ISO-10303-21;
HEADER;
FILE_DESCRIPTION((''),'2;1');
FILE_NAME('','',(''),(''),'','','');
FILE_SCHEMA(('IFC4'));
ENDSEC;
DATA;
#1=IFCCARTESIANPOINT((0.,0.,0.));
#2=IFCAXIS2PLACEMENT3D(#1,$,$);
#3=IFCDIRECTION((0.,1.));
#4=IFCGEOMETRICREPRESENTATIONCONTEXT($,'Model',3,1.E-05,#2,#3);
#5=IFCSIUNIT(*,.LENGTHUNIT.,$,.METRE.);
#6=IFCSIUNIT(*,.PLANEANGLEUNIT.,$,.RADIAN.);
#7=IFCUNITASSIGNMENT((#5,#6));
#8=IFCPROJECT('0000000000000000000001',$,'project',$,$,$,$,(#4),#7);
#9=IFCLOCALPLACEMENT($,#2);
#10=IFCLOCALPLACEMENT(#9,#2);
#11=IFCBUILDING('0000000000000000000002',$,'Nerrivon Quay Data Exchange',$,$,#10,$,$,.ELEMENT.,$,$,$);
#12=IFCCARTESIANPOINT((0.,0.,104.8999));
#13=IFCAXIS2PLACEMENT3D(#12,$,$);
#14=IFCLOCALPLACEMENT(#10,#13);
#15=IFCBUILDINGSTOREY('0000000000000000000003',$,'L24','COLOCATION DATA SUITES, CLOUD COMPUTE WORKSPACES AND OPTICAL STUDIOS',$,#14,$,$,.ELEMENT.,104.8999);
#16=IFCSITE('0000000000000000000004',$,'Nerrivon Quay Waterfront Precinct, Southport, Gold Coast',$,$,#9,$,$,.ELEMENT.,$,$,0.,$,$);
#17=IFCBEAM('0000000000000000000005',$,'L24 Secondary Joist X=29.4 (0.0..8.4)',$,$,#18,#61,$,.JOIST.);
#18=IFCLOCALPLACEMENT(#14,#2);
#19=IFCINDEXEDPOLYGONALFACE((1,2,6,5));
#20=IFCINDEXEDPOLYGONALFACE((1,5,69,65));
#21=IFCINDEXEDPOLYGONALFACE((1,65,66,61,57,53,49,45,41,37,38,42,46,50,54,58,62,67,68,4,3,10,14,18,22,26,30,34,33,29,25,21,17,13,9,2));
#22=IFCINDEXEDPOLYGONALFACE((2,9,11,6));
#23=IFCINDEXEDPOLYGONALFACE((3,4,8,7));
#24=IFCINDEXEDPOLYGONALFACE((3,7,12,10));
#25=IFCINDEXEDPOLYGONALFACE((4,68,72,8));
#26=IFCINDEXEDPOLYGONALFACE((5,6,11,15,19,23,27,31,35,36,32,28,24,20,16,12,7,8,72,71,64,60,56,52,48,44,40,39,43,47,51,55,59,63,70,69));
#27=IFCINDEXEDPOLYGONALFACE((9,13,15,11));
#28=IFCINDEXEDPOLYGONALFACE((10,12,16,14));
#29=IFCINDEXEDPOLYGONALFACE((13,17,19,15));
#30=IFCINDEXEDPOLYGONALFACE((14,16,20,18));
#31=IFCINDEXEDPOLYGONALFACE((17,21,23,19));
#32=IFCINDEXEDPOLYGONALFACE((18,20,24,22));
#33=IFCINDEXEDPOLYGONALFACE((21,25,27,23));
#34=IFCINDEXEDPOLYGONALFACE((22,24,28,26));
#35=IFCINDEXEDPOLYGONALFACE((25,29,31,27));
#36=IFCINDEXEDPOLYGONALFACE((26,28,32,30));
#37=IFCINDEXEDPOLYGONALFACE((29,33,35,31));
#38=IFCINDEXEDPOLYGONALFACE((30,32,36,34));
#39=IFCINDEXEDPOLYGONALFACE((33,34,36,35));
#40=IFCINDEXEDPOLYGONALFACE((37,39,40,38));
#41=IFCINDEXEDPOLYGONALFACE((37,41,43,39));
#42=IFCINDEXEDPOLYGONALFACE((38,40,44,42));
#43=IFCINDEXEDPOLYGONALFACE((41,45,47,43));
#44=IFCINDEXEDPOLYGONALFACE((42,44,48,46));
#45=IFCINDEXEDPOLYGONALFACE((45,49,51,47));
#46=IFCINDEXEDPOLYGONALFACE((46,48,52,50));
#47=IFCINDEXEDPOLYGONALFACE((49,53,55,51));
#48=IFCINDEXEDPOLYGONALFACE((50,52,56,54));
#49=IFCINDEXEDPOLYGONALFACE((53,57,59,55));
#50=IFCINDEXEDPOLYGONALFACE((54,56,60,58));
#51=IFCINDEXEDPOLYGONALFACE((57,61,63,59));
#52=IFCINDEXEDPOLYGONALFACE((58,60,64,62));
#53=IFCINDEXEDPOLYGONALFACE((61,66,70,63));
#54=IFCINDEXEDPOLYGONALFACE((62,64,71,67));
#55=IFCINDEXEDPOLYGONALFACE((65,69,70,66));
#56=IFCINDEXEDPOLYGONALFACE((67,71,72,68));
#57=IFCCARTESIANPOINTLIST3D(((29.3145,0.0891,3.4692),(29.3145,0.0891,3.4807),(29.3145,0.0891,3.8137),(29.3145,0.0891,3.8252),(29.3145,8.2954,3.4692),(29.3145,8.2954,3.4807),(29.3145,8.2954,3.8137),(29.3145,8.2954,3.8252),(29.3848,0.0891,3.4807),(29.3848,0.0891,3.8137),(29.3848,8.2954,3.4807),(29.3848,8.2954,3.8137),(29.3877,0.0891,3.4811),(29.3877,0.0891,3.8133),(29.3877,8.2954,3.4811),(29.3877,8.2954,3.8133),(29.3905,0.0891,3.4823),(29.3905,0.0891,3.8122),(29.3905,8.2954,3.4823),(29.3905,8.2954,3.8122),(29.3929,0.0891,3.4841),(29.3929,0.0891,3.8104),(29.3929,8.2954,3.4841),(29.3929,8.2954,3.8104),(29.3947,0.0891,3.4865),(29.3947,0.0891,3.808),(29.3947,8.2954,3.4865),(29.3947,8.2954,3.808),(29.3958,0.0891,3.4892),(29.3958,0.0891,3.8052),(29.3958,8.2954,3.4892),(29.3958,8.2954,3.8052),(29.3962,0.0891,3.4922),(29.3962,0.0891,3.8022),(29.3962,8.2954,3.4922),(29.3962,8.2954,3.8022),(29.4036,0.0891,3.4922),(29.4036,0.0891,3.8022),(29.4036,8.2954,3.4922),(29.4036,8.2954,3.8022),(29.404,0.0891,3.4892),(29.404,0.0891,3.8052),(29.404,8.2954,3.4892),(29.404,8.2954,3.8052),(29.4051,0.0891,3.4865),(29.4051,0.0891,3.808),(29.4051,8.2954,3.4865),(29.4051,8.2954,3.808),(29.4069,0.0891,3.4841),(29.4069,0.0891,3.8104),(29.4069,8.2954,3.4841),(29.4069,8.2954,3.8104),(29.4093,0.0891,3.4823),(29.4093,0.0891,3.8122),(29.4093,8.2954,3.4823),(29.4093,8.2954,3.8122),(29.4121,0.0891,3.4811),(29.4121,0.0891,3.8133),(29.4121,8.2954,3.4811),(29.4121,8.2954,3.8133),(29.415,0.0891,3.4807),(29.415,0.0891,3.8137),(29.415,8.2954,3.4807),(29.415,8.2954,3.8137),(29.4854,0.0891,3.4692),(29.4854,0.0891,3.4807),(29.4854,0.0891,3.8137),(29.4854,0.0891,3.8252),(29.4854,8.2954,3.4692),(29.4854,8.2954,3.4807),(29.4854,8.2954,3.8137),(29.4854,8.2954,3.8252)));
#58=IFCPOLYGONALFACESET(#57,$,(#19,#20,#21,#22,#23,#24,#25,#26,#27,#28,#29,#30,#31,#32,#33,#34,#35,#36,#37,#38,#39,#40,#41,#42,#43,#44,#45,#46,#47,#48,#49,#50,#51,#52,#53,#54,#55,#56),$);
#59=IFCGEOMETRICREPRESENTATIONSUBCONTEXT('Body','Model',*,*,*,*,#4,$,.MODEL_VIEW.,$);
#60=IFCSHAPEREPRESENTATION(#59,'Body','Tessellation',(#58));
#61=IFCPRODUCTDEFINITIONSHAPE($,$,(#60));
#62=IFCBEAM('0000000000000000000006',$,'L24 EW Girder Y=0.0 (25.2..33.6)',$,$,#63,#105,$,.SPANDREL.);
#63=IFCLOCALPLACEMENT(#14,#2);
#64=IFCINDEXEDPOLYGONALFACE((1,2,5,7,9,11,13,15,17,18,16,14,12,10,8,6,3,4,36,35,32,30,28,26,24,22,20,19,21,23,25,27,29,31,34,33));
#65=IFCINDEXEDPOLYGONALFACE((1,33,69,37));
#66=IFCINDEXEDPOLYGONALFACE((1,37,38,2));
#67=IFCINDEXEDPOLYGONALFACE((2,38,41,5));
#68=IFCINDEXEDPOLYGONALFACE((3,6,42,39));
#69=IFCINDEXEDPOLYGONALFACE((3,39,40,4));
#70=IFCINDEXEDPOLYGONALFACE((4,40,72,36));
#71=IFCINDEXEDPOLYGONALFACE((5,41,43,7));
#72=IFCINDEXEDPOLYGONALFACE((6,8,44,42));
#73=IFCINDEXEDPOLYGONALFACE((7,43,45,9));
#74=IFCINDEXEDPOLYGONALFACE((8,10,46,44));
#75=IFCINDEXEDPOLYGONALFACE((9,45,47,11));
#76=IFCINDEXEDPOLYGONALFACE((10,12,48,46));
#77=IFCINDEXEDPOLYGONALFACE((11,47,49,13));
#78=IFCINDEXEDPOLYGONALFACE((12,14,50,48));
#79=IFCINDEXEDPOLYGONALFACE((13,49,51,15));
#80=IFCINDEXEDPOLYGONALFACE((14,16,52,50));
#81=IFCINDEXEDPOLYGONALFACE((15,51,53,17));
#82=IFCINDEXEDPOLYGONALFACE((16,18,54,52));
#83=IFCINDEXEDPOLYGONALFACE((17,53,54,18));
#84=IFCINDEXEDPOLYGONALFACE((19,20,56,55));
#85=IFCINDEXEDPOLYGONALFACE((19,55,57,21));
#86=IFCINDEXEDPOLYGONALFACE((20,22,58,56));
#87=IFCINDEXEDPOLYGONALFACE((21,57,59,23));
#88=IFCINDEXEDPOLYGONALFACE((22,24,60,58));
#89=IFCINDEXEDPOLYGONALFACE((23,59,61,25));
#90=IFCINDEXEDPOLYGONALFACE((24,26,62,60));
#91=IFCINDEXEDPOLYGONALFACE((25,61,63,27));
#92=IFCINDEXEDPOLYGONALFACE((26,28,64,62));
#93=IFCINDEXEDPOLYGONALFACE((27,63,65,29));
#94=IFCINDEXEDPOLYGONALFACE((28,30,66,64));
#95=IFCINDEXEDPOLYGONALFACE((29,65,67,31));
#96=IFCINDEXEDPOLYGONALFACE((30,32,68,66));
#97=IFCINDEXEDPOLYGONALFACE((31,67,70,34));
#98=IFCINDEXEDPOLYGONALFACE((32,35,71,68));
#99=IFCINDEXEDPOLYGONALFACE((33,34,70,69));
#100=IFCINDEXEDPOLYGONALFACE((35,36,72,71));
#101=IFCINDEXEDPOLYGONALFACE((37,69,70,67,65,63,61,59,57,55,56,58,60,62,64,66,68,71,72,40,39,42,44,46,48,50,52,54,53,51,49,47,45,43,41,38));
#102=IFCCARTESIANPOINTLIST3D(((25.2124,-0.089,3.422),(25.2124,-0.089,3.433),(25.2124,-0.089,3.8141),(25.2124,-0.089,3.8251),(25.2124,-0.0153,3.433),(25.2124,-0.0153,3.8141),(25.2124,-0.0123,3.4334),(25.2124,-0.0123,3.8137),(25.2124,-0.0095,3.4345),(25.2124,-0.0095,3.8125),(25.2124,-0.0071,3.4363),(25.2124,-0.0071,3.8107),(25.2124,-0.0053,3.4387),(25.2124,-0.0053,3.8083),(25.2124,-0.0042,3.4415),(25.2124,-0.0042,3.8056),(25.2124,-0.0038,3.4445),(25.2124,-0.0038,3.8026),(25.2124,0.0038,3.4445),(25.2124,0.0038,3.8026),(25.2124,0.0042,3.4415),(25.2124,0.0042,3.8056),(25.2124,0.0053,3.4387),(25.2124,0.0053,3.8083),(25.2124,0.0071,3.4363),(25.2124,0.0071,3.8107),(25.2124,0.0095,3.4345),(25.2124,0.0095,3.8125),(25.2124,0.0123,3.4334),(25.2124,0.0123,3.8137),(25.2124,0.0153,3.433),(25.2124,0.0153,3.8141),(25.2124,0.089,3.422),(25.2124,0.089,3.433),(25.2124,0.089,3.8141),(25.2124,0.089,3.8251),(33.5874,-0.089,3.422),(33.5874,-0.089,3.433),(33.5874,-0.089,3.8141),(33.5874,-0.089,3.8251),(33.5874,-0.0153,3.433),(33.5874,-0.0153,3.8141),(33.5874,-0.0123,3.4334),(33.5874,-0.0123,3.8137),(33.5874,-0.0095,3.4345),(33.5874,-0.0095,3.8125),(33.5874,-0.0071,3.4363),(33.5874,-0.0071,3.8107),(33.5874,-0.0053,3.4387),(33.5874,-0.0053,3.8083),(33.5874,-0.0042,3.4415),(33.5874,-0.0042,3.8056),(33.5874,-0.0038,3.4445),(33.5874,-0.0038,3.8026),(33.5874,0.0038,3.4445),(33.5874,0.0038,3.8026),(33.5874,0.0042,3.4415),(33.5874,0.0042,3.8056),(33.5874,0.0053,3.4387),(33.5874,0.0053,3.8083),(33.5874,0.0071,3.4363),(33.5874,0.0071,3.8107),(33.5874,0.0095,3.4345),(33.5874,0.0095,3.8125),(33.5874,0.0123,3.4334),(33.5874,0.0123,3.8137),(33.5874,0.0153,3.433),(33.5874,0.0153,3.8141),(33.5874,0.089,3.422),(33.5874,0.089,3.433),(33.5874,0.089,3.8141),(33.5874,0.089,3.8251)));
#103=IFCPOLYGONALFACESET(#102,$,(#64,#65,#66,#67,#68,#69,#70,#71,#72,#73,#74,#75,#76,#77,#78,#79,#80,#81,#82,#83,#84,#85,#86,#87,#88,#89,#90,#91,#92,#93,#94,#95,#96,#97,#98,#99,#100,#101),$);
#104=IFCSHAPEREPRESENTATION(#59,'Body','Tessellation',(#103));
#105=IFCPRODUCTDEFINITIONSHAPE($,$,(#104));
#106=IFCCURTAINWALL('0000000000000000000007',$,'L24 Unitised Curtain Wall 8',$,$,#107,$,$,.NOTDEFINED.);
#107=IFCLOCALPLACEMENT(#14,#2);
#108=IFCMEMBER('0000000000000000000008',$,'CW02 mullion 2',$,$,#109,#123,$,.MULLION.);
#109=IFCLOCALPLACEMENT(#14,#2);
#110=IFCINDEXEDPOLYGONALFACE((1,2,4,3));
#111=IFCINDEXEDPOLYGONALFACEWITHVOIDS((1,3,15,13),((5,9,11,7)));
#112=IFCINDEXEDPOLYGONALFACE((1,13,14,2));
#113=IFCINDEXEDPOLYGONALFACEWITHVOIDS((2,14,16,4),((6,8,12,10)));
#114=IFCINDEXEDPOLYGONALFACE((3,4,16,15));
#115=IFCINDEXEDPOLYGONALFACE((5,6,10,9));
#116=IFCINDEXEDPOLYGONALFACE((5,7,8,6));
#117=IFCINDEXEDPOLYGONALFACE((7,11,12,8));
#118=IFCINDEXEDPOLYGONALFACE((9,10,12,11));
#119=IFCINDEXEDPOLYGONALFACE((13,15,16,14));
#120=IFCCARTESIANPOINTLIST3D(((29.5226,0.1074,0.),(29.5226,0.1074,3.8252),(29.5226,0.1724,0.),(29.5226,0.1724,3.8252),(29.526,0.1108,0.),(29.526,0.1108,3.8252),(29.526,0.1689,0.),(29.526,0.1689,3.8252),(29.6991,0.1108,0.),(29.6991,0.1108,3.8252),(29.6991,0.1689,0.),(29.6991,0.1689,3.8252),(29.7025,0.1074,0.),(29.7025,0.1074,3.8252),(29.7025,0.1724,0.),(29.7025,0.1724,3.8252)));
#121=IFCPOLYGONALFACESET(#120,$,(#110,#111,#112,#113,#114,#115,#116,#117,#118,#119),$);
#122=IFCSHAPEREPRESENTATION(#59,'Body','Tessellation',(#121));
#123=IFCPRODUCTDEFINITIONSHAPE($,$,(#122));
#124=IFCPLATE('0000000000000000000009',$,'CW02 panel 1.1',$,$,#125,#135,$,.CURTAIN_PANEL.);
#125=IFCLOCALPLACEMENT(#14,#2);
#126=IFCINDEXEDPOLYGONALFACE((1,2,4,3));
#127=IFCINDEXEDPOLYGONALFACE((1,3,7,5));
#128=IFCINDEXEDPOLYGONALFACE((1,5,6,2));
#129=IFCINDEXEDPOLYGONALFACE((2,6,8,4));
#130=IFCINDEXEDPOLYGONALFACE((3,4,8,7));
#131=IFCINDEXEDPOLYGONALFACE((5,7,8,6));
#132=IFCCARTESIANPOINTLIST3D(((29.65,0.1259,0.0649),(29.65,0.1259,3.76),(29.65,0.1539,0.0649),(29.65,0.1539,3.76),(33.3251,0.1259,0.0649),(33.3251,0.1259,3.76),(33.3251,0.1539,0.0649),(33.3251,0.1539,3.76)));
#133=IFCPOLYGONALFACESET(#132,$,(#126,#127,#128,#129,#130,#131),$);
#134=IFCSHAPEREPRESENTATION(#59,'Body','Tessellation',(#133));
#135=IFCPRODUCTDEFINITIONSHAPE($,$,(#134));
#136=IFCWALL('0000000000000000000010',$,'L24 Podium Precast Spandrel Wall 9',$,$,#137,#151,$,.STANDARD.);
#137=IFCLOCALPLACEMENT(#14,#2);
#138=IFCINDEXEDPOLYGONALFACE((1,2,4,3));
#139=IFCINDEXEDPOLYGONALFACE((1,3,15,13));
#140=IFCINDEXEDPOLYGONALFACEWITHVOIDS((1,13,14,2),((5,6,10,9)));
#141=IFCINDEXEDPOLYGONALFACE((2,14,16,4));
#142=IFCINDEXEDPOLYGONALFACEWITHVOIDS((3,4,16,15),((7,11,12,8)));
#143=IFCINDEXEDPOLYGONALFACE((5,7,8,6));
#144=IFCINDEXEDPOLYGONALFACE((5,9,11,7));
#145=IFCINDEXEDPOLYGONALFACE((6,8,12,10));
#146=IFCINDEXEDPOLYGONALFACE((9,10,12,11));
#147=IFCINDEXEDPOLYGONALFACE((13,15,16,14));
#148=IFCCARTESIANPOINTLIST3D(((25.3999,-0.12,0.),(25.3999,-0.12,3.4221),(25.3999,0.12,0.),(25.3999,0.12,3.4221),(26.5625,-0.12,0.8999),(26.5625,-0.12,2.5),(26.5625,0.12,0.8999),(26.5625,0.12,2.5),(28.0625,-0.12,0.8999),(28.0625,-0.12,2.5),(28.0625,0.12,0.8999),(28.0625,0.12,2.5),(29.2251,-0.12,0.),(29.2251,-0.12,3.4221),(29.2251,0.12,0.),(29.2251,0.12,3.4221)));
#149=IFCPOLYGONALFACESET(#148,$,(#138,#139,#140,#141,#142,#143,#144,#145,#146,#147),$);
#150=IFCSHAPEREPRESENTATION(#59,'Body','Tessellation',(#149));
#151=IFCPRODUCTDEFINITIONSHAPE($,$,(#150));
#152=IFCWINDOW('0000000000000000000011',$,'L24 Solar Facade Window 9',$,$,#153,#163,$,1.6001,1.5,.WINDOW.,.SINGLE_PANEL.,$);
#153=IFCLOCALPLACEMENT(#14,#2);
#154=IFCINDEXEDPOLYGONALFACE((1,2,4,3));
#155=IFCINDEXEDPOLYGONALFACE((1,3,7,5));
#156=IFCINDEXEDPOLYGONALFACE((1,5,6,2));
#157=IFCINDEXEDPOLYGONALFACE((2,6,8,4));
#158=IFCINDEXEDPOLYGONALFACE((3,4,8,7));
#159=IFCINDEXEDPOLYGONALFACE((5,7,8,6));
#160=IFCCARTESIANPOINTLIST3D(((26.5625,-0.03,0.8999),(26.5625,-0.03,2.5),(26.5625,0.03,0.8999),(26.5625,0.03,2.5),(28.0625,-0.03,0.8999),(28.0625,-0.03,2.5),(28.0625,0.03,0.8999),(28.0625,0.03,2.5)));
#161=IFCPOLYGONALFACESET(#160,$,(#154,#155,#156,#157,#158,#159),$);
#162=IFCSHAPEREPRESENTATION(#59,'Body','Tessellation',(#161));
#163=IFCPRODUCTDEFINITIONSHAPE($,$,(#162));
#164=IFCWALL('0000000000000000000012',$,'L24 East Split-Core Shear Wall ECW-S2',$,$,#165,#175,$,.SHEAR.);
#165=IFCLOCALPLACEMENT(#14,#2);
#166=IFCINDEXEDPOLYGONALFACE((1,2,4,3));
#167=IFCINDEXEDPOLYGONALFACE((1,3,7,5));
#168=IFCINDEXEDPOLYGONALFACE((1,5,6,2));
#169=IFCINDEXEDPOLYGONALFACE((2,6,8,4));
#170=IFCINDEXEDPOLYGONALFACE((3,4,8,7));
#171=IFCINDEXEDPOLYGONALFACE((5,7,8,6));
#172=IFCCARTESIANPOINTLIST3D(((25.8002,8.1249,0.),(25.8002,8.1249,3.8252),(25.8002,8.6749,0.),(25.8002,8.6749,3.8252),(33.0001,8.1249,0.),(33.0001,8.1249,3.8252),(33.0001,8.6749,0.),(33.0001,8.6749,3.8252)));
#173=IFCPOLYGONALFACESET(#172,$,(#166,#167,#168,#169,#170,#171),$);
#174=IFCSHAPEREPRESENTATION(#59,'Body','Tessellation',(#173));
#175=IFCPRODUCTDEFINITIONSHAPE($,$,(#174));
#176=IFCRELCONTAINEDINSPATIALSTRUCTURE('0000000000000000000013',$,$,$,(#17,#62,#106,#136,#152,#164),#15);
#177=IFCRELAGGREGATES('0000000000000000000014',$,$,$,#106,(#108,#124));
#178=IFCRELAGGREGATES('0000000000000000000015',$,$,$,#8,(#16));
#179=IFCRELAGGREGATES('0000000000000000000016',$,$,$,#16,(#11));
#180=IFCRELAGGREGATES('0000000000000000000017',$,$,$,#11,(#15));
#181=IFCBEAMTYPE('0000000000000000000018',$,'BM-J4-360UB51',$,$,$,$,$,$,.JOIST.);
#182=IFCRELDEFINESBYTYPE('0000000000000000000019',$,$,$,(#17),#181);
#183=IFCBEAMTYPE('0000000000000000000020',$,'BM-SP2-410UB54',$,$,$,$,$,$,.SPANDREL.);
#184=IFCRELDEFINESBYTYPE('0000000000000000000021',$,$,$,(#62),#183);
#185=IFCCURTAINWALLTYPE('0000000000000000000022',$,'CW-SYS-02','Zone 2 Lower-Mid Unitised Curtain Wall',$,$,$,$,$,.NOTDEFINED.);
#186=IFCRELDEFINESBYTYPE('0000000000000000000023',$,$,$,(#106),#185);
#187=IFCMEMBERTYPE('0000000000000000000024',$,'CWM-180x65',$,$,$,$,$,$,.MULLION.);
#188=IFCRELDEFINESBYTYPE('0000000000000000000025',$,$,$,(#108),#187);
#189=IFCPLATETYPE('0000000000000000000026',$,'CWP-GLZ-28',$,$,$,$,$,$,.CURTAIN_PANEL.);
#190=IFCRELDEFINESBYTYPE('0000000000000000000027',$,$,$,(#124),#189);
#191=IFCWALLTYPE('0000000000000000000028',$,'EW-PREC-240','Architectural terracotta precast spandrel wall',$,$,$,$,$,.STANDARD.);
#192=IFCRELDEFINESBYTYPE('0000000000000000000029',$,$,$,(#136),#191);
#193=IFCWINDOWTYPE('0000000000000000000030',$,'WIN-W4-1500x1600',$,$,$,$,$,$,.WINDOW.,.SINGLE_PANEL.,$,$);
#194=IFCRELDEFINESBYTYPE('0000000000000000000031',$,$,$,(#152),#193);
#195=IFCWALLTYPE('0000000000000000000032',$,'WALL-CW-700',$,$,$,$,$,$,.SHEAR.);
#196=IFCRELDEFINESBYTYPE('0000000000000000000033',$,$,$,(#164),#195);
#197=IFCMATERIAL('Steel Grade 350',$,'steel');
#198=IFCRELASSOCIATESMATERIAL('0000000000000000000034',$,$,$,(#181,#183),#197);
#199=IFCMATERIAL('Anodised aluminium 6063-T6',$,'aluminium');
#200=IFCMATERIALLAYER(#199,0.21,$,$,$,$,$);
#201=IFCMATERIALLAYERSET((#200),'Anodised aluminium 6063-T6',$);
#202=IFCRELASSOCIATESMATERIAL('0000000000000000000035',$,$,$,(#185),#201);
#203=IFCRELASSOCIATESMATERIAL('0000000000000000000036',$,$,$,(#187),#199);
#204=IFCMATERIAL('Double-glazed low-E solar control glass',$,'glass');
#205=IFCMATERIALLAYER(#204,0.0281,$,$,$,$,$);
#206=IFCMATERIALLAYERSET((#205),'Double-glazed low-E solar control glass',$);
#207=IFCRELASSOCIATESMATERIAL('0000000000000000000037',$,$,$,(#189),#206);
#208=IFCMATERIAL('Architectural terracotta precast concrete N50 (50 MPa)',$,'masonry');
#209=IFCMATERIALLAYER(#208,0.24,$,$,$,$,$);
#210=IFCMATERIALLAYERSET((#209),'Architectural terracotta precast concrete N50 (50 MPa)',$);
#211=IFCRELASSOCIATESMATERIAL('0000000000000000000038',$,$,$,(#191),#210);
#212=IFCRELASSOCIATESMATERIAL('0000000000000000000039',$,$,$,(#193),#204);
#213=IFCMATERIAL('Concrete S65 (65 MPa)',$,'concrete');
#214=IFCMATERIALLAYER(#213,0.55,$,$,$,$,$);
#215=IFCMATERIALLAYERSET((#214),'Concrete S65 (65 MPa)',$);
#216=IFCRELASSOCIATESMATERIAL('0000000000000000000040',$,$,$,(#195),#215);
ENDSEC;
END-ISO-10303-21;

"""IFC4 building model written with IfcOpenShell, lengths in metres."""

from ifc_helpers import new_model, si_unit, direction, frame, frame_2d, origin, origin_2d, place, context, subcontext, project, spatial, rectangle, hollow_rectangle, i_section, extrude, material, layer, layer_set, material_profile, profile_set, type_object, element, fill, aggregate, save


model = new_model("IFC4")

# Units and contexts
model_context = context("Model", 3, precision=1e-05, world=origin(), true_north=direction((0.0, 1.0)))
body_context = subcontext(model_context, "Body", "Model", "MODEL_VIEW")
ifc_project = project(units=[si_unit("LENGTHUNIT", "METRE"), si_unit("PLANEANGLEUNIT", "RADIAN")], contexts=[model_context])

# Site, building, storey
site_placement = place(None, origin())
site = spatial("IfcSite", under=ifc_project, at=site_placement, Name="Nerrivon Quay Waterfront Precinct, Southport, Gold Coast", CompositionType="ELEMENT", RefElevation=0.0)
building_placement = place(site_placement, origin())
building = spatial("IfcBuilding", under=site, at=building_placement, Name="Nerrivon Quay Data Exchange", CompositionType="ELEMENT")
storey_placement = place(building_placement, frame((0.0, 0.0, 104.8999)))
storey = spatial("IfcBuildingStorey", under=building, at=storey_placement, Name="L24", Description="COLOCATION DATA SUITES, CLOUD COMPUTE WORKSPACES AND OPTICAL STUDIOS", CompositionType="ELEMENT", Elevation=104.8999)

# Shared definitions
ifc_material_1 = material(Name="Concrete S65 (65 MPa)", Category="concrete")
ifc_material_2 = material(Name="Steel Grade 350", Category="steel")

# Beams
ifc_material_profile_1 = material_profile(ifc_material_2, i_section(OverallWidth=0.1709, OverallDepth=0.356, WebThickness=0.0073, FlangeThickness=0.0115, FilletRadius=0.0115, at=origin_2d()), Name="360UB50.7")
ifc_profile_set_1 = profile_set([ifc_material_profile_1], Name="Steel Grade 350")
beam_type_1 = type_object("IfcBeamType", Name="BM-J4-360UB51", PredefinedType="JOIST", material=ifc_profile_set_1)
beam_1_placement = place(storey_placement, frame((29.3999, 0.0891, 3.6472), z_axis=(0.0, 1.0, 0.0), x_axis=(-1.0, 0.0, 0.0)))
element("IfcBeam", 1, at=beam_1_placement, inside=storey, type_object=beam_type_1, Name="L24 Secondary Joist X=29.4 (0.0..8.4)", PredefinedType="JOIST", context=body_context, shape_type="SweptSolid", body=[
    extrude(i_section(OverallWidth=0.1709, OverallDepth=0.356, WebThickness=0.0073, FlangeThickness=0.0115, FilletRadius=0.0115, at=origin_2d()), origin(), (0.0, 0.0, 1.0), 8.2063),
])
ifc_material_profile_2 = material_profile(ifc_material_2, i_section(OverallWidth=0.178, OverallDepth=0.4031, WebThickness=0.0076, FlangeThickness=0.011, FilletRadius=0.0115, at=origin_2d()), Name="410UB53.7")
ifc_profile_set_2 = profile_set([ifc_material_profile_2], Name="Steel Grade 350")
beam_type_2 = type_object("IfcBeamType", Name="BM-SP2-410UB54", PredefinedType="SPANDREL", material=ifc_profile_set_2)
beam_2_placement = place(storey_placement, frame((25.2124, 0.0, 3.6235), z_axis=(1.0, 0.0, 0.0), x_axis=(0.0, 1.0, 0.0)))
element("IfcBeam", 2, at=beam_2_placement, inside=storey, type_object=beam_type_2, Name="L24 EW Girder Y=0.0 (25.2..33.6)", PredefinedType="SPANDREL", context=body_context, shape_type="SweptSolid", body=[
    extrude(i_section(OverallWidth=0.178, OverallDepth=0.4031, WebThickness=0.0076, FlangeThickness=0.011, FilletRadius=0.0115, at=origin_2d()), origin(), (0.0, 0.0, 1.0), 8.375),
])

# Curtain wall, member, plate
ifc_material_3 = material(Name="Anodised aluminium 6063-T6", Category="aluminium")
ifc_layer_1 = layer(ifc_material_3, 0.21)
ifc_layer_set_1 = layer_set([ifc_layer_1], Name="Anodised aluminium 6063-T6")
curtain_wall_type = type_object("IfcCurtainWallType", Name="CW-SYS-02", Description="Zone 2 Lower-Mid Unitised Curtain Wall", PredefinedType="NOTDEFINED", material=ifc_layer_set_1)
curtain_wall_placement = place(storey_placement, origin())
curtain_wall = element("IfcCurtainWall", 3, at=curtain_wall_placement, inside=storey, type_object=curtain_wall_type, Name="L24 Unitised Curtain Wall 8", PredefinedType="NOTDEFINED")
ifc_material_profile_3 = material_profile(ifc_material_3, hollow_rectangle(XDim=0.0649, YDim=0.1799, WallThickness=0.0034, at=origin_2d()), Name="ALU-MULL-180x65")
ifc_profile_set_3 = profile_set([ifc_material_profile_3], Name="Anodised aluminium 6063-T6")
member_type = type_object("IfcMemberType", Name="CWM-180x65", PredefinedType="MULLION", material=ifc_profile_set_3)
member_placement = place(storey_placement, frame((29.6125, 0.1399, 0.0), z_axis=(0.0, 0.0, 1.0), x_axis=(0.0, -1.0, 0.0)))
member = element("IfcMember", 4, at=member_placement, type_object=member_type, Name="CW02 mullion 2", PredefinedType="MULLION", context=body_context, shape_type="SweptSolid", body=[
    extrude(hollow_rectangle(XDim=0.0649, YDim=0.1799, WallThickness=0.0034, at=origin_2d()), origin(), (0.0, 0.0, 1.0), 3.8252),
])
ifc_material_4 = material(Name="Double-glazed low-E solar control glass", Category="glass")
ifc_layer_2 = layer(ifc_material_4, 0.0281)
ifc_layer_set_2 = layer_set([ifc_layer_2], Name="Double-glazed low-E solar control glass")
plate_type = type_object("IfcPlateType", Name="CWP-GLZ-28", PredefinedType="CURTAIN_PANEL", material=ifc_layer_set_2)
plate_placement = place(storey_placement, frame((31.4875, 0.1399, 0.0649), z_axis=(0.0, 0.0, 1.0), x_axis=(-1.0, 0.0, 0.0)))
plate = element("IfcPlate", 5, at=plate_placement, type_object=plate_type, Name="CW02 panel 1.1", PredefinedType="CURTAIN_PANEL", context=body_context, shape_type="SweptSolid", body=[
    extrude(rectangle(XDim=3.675, YDim=0.0281, at=origin_2d()), origin(), (0.0, 0.0, 1.0), 3.6951),
])
aggregate(curtain_wall, [member, plate])

# Wall, opening, window
ifc_material_5 = material(Name="Architectural terracotta precast concrete N50 (50 MPa)", Category="masonry")
ifc_layer_3 = layer(ifc_material_5, 0.24)
ifc_layer_set_3 = layer_set([ifc_layer_3], Name="Architectural terracotta precast concrete N50 (50 MPa)")
wall_type_1 = type_object("IfcWallType", Name="EW-PREC-240", Description="Architectural terracotta precast spandrel wall", PredefinedType="STANDARD", material=ifc_layer_set_3)
wall_1_placement = place(storey_placement, frame((29.2251, 0.0, 0.0), z_axis=(0.0, 0.0, 1.0), x_axis=(-1.0, 0.0, 0.0)))
wall_1 = element("IfcWall", 6, at=wall_1_placement, inside=storey, type_object=wall_type_1, Name="L24 Podium Precast Spandrel Wall 9", PredefinedType="STANDARD", context=body_context, shape_type="SweptSolid", body=[
    extrude(rectangle(XDim=3.8252, YDim=0.24, at=frame_2d((1.9126, 0.0))), origin(), (0.0, 0.0, 1.0), 3.4221),
])
opening_1_placement = place(wall_1_placement, frame((1.1626, 0.0, 0.8999)))
opening_1 = element("IfcOpeningElement", 7, at=opening_1_placement, cuts=wall_1, PredefinedType="OPENING", context=body_context, shape_type="SweptSolid", body=[
    extrude(rectangle(XDim=1.5, YDim=1.6001, at=frame_2d((0.75, 0.8))), frame((0.0, 0.1299, 0.0), z_axis=(0.0, -1.0, 0.0), x_axis=(1.0, 0.0, 0.0)), (0.0, 0.0, 1.0), 0.26),
])
window_type = type_object("IfcWindowType", Name="WIN-W4-1500x1600", PartitioningType="SINGLE_PANEL", PredefinedType="WINDOW", material=ifc_material_4)
window_placement = place(opening_1_placement, origin())
window = element("IfcWindow", 8, at=window_placement, inside=storey, type_object=window_type, Name="L24 Solar Facade Window 9", OverallHeight=1.6001, OverallWidth=1.5, PartitioningType="SINGLE_PANEL", PredefinedType="WINDOW", context=body_context, shape_type="SweptSolid", body=[
    extrude(rectangle(XDim=1.5, YDim=1.6001, at=frame_2d((0.75, 0.8))), frame((0.0, 0.03, 0.0), z_axis=(0.0, -1.0, 0.0), x_axis=(1.0, 0.0, 0.0)), (0.0, 0.0, 1.0), 0.0601),
])
fill(opening_1, window)

# Wall
ifc_layer_4 = layer(ifc_material_1, 0.55)
ifc_layer_set_4 = layer_set([ifc_layer_4], Name="Concrete S65 (65 MPa)")
wall_type_2 = type_object("IfcWallType", Name="WALL-CW-700", PredefinedType="SHEAR", material=ifc_layer_set_4)
wall_2_placement = place(storey_placement, frame((25.8, 8.3999, 0.0), z_axis=(0.0, 0.0, 1.0), x_axis=(1.0, 0.0, 0.0)))
element("IfcWall", 9, at=wall_2_placement, inside=storey, type_object=wall_type_2, Name="L24 East Split-Core Shear Wall ECW-S2", PredefinedType="SHEAR", context=body_context, shape_type="SweptSolid", body=[
    extrude(rectangle(XDim=7.2, YDim=0.55, at=frame_2d((3.6001, 0.0))), origin(), (0.0, 0.0, 1.0), 3.8252),
])

save(model, "model.ifc")
